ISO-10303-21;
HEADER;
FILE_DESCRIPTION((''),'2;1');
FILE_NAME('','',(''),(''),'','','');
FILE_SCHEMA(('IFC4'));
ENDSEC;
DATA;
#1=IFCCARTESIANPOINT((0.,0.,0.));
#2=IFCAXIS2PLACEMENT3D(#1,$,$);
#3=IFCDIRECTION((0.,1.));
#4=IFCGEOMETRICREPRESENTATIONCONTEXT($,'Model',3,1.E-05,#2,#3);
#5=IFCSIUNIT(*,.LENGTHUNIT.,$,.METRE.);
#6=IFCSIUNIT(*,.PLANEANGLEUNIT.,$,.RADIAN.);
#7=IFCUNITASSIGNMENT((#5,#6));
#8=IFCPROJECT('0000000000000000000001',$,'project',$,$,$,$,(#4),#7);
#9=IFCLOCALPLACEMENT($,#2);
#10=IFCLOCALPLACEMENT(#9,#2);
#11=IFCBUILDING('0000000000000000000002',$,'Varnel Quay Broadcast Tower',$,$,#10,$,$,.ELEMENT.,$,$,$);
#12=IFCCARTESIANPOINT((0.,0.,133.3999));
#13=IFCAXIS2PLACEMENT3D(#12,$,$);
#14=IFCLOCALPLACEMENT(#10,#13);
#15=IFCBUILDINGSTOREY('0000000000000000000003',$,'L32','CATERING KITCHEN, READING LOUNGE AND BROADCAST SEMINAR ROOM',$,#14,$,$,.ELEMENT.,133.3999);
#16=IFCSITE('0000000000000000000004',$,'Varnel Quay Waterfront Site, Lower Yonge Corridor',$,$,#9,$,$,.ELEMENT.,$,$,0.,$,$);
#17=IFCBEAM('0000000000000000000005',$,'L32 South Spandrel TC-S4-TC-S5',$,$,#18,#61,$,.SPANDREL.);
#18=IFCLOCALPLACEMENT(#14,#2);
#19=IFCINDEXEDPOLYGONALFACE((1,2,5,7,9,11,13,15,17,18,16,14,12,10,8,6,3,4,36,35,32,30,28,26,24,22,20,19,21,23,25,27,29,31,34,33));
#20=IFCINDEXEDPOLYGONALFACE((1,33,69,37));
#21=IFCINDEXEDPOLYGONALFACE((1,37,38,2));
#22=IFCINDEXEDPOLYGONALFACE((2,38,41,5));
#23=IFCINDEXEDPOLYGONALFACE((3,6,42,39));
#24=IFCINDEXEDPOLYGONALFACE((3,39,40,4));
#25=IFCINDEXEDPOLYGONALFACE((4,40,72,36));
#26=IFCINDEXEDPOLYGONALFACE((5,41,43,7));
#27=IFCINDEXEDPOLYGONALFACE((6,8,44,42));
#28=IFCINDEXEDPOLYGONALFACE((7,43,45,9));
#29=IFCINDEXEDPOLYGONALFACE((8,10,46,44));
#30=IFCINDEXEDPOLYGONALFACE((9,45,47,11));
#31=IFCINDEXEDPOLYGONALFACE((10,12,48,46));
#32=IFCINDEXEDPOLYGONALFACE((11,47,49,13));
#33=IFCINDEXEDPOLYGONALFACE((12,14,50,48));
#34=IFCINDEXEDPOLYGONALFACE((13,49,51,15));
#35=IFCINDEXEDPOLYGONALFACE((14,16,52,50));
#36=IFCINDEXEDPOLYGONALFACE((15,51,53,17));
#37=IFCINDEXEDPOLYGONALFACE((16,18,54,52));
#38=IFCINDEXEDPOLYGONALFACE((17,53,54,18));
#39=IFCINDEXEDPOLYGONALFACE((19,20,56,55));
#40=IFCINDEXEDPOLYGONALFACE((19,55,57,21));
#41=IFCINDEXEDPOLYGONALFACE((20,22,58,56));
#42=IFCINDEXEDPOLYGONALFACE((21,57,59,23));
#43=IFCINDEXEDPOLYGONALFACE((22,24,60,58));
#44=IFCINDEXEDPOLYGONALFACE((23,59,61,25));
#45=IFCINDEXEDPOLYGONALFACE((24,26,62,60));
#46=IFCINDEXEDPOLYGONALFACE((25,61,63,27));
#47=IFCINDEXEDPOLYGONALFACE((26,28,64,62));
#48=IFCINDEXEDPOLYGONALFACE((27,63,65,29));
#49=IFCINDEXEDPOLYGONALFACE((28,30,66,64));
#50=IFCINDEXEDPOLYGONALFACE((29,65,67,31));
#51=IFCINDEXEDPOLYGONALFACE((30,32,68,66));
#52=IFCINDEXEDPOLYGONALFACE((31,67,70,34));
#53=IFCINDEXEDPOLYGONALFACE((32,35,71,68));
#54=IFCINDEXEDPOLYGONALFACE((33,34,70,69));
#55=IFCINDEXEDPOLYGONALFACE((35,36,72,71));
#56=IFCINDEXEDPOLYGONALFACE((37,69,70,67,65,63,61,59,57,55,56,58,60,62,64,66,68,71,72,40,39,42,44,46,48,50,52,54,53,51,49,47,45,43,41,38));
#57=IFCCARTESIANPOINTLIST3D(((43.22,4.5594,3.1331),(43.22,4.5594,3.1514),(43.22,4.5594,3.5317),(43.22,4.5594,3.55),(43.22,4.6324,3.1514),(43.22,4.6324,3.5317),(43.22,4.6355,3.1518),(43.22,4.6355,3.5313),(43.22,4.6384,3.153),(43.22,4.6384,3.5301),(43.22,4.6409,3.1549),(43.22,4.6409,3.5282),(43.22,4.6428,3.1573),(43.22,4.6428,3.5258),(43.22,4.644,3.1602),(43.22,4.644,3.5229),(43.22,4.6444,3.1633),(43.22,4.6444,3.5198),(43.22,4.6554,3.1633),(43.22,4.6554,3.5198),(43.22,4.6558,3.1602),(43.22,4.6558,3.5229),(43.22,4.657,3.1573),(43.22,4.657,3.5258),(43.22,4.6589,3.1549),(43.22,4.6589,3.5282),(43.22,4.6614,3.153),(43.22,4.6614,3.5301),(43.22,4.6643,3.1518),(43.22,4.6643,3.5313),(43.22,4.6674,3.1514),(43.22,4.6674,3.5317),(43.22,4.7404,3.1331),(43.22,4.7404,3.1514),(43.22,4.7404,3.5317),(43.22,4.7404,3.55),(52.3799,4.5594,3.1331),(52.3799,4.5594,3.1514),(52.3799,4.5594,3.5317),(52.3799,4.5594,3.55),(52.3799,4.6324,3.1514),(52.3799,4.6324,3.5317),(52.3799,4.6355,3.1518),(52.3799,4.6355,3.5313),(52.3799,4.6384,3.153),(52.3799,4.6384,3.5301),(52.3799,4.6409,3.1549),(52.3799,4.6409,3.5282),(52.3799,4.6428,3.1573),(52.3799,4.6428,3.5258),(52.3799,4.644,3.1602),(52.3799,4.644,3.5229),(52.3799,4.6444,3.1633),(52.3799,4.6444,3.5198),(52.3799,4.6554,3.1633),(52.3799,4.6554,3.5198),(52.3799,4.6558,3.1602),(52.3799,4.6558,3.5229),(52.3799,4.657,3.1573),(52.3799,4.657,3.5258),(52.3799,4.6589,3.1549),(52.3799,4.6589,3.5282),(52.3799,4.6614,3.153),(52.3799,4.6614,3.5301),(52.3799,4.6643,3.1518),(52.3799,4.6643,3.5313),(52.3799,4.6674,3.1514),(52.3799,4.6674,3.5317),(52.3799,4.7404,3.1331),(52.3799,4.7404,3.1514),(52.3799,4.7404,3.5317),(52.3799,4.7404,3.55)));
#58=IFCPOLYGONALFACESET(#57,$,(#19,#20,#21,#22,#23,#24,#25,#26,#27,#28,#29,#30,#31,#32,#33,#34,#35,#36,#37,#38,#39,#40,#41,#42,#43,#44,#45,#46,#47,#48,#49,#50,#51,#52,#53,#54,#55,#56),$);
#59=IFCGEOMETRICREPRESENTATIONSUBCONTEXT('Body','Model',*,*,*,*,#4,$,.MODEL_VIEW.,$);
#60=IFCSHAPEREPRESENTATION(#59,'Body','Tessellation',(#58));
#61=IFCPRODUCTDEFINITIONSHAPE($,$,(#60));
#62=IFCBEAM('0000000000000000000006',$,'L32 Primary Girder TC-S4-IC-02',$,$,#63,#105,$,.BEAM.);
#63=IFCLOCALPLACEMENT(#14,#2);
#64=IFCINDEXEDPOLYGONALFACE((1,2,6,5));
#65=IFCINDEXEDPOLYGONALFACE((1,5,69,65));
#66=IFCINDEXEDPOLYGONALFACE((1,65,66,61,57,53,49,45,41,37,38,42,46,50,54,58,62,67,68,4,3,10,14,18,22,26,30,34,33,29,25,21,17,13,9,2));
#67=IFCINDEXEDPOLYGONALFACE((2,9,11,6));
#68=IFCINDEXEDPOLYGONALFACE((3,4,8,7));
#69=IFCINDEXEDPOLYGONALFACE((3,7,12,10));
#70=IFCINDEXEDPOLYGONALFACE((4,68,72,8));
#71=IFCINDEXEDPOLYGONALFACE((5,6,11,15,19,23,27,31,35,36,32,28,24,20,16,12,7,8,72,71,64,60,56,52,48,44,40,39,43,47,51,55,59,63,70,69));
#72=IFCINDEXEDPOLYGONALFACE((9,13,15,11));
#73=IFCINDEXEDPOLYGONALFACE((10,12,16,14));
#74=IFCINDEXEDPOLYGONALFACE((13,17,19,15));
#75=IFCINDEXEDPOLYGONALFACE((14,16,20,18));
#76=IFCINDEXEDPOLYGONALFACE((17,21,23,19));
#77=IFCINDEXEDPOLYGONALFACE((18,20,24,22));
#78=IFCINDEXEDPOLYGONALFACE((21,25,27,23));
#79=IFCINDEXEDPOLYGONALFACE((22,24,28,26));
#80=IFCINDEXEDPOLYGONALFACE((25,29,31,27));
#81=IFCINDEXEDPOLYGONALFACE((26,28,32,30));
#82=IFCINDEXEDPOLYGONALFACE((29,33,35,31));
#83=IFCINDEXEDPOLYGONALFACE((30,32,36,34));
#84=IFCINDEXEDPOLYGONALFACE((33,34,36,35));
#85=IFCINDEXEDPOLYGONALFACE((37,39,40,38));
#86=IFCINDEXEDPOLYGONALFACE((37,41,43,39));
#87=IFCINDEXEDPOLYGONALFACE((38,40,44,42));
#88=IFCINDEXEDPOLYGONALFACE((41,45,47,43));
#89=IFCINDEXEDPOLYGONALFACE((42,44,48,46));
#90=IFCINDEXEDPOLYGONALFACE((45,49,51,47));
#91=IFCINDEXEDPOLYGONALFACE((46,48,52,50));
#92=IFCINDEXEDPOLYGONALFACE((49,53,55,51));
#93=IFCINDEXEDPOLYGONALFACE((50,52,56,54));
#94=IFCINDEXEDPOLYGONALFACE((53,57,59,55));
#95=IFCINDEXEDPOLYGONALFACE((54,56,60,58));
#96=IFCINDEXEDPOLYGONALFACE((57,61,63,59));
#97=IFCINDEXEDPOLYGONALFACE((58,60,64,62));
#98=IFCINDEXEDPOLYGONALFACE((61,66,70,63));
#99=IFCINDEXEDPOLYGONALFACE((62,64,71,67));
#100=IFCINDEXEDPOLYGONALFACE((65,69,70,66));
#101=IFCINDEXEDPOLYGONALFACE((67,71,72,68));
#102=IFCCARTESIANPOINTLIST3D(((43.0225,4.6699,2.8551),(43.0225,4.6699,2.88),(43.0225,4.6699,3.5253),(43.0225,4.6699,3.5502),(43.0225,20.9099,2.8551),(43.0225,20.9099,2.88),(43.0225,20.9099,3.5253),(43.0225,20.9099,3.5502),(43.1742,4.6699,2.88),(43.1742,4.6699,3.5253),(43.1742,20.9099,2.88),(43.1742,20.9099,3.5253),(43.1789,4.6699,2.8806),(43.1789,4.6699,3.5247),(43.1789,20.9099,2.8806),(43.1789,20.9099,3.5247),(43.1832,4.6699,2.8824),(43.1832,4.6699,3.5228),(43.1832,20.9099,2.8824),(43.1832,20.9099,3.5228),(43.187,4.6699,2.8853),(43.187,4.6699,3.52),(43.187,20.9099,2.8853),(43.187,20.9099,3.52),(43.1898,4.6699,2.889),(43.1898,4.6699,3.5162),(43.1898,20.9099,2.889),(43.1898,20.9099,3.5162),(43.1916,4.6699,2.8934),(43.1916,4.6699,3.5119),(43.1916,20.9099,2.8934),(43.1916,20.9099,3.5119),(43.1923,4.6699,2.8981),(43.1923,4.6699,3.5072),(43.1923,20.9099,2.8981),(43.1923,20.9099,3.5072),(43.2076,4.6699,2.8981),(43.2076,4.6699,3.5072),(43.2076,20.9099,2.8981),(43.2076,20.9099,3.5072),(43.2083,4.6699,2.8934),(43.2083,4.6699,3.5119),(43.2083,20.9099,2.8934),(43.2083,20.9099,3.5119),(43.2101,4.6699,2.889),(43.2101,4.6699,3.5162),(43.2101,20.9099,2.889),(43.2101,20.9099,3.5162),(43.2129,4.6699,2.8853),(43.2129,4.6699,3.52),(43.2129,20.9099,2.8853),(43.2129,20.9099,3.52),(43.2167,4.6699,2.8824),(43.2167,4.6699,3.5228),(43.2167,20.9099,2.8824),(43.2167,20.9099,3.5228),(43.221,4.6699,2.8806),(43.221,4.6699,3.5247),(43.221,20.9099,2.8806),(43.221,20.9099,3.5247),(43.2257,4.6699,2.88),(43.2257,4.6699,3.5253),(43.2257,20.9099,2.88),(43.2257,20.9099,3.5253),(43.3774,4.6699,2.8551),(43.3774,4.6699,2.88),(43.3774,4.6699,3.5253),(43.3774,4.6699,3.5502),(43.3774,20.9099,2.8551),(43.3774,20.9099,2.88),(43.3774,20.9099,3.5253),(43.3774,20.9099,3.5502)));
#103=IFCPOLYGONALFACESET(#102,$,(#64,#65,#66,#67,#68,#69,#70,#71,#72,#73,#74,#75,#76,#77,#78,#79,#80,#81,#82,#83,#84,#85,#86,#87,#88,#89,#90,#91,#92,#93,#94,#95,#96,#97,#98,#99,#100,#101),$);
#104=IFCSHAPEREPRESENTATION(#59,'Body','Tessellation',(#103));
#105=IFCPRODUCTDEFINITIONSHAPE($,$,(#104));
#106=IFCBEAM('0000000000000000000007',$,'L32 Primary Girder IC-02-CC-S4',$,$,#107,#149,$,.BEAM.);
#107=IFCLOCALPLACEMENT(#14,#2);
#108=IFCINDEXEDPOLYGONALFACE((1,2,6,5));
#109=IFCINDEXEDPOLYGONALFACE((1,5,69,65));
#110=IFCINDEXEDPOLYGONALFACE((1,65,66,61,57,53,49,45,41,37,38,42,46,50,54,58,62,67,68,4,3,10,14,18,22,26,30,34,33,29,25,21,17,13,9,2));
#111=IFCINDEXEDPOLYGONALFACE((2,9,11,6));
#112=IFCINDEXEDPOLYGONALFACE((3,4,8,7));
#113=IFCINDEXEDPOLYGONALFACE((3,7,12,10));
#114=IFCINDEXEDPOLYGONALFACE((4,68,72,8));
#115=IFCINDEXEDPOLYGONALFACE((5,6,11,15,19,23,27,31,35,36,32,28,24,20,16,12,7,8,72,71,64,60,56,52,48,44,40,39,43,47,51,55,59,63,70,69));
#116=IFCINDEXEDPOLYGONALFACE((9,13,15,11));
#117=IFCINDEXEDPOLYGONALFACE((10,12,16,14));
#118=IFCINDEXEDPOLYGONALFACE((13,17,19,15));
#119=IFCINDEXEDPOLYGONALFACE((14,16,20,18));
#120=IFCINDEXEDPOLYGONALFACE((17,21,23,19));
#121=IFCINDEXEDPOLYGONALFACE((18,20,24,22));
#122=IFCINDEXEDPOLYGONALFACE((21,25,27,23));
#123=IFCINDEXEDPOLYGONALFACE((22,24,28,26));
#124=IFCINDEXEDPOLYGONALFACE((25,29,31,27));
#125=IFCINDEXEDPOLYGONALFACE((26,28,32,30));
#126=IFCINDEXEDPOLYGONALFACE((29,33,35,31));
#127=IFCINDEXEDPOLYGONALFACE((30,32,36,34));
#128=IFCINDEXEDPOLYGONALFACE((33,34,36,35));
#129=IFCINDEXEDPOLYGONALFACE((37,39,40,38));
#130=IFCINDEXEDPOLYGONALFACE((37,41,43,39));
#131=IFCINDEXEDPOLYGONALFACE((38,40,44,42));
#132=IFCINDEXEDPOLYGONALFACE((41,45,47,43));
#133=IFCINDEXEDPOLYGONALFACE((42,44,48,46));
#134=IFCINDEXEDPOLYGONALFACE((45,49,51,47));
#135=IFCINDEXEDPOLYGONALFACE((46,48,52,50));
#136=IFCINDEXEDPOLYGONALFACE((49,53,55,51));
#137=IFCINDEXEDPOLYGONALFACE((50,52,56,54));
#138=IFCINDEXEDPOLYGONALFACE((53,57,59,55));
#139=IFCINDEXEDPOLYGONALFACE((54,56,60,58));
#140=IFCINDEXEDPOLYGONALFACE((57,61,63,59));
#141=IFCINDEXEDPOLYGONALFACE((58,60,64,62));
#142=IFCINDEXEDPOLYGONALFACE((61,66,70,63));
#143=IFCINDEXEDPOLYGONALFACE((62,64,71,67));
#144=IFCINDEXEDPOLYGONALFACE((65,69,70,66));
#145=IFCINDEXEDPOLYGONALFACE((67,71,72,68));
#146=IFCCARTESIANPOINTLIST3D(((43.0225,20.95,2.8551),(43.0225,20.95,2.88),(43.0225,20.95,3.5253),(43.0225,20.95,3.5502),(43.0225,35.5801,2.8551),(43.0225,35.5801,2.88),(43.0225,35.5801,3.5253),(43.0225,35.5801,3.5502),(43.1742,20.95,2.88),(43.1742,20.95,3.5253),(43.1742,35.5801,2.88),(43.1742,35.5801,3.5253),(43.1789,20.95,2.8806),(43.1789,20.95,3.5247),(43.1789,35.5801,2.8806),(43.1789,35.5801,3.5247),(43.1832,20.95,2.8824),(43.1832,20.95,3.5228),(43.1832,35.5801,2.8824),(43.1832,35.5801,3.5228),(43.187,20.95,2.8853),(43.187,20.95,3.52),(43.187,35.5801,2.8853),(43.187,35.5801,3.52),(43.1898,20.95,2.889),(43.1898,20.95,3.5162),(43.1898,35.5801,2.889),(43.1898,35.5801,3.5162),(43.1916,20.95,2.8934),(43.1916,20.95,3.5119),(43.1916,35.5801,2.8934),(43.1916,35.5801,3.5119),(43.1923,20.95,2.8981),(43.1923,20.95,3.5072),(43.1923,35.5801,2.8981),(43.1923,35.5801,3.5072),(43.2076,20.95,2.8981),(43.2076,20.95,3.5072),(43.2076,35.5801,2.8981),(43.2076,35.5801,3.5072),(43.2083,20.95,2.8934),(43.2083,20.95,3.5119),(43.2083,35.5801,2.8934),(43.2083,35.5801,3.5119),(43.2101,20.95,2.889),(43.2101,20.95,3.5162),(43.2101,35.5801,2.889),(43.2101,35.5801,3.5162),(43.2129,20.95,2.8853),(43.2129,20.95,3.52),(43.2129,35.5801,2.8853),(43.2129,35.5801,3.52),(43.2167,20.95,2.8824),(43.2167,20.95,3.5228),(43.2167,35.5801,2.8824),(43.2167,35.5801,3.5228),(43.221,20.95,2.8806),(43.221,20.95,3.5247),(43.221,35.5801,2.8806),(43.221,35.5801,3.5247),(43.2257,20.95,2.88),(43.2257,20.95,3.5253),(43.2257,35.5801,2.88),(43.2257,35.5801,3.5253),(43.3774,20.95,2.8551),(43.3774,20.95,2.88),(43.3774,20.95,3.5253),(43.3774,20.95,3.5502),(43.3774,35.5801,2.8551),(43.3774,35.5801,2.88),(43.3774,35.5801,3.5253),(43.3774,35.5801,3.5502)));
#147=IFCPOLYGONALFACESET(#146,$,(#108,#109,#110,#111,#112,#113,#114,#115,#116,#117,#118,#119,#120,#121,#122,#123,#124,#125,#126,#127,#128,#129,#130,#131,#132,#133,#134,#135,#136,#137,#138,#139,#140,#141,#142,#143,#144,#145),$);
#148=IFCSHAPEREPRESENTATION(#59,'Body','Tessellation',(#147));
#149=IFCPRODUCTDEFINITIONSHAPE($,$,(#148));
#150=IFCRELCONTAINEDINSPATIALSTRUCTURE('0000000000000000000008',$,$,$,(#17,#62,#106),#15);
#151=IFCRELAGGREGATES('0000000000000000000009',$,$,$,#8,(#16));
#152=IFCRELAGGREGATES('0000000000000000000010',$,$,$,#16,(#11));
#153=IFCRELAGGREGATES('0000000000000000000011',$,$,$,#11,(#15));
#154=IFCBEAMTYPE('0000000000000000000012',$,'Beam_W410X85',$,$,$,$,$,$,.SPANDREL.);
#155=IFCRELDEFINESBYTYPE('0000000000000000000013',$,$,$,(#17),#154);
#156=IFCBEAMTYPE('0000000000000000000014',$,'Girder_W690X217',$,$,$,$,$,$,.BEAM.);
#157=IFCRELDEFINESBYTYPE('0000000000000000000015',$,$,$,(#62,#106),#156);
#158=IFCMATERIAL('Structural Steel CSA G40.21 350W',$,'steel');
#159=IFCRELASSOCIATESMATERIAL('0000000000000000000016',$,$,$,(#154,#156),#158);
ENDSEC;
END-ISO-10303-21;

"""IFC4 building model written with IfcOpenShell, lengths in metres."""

from ifc_helpers import new_model, si_unit, direction, frame, origin, origin_2d, place, context, subcontext, project, spatial, i_section, extrude, source, transform, mapped, material, material_profile, profile_set, type_object, type_shapes, element, save


model = new_model("IFC4")

# Units and contexts
model_context = context("Model", 3, precision=1e-05, world=origin(), true_north=direction((0.0, 1.0)))
body_context = subcontext(model_context, "Body", "Model", "MODEL_VIEW")
ifc_project = project(units=[si_unit("LENGTHUNIT", "METRE"), si_unit("PLANEANGLEUNIT", "RADIAN")], contexts=[model_context])

# Site, building, storey
site_placement = place(None, origin())
site = spatial("IfcSite", under=ifc_project, at=site_placement, Name="Varnel Quay Waterfront Site, Lower Yonge Corridor", CompositionType="ELEMENT", RefElevation=0.0)
building_placement = place(site_placement, origin())
building = spatial("IfcBuilding", under=site, at=building_placement, Name="Varnel Quay Broadcast Tower", CompositionType="ELEMENT")
storey_placement = place(building_placement, frame((0.0, 0.0, 133.3999)))
storey = spatial("IfcBuildingStorey", under=building, at=storey_placement, Name="L32", Description="CATERING KITCHEN, READING LOUNGE AND BROADCAST SEMINAR ROOM", CompositionType="ELEMENT", Elevation=133.3999)

# Shared definitions
ifc_material_1 = material(Name="Structural Steel CSA G40.21 350W", Category="steel")

# Beams
ifc_material_profile_1 = material_profile(ifc_material_1, i_section(OverallWidth=0.1809, OverallDepth=0.417, WebThickness=0.011, FlangeThickness=0.0183, FilletRadius=0.012, at=origin_2d()), Name="W410X85")
ifc_profile_set_1 = profile_set([ifc_material_profile_1], Name="Structural Steel CSA G40.21 350W")
beam_type_1 = type_object("IfcBeamType", Name="Beam_W410X85", PredefinedType="SPANDREL", material=ifc_profile_set_1)
shared_shape_1 = source(origin(), body_context, "Body", "SweptSolid", [
    extrude(i_section(OverallWidth=0.1809, OverallDepth=0.417, WebThickness=0.011, FlangeThickness=0.0183, FilletRadius=0.012, at=origin_2d()), origin(), (0.0, 0.0, 1.0), 9.1599),
])
type_shapes(beam_type_1, [shared_shape_1])
for number, where, z_axis, x_axis, name in (
    (1, (43.22, 4.6499, 3.3416), (1.0, 0.0, 0.0), (0.0, 1.0, 0.0), "L32 South Spandrel TC-S4-TC-S5"),
):
    element("IfcBeam", number, at=place(storey_placement, frame(where, z_axis=z_axis, x_axis=x_axis)), inside=storey, type_object=beam_type_1, Name=name, PredefinedType="SPANDREL", context=body_context, shape_type="MappedRepresentation", body=[
        mapped(shared_shape_1, transform((0.0, 0.0, 0.0), x_axis=(1.0, 0.0, 0.0), y_axis=(0.0, 1.0, 0.0), z_axis=(0.0, 0.0, 1.0), scale=1.0)),
    ])
ifc_material_profile_2 = material_profile(ifc_material_1, i_section(OverallWidth=0.355, OverallDepth=0.6951, WebThickness=0.0154, FlangeThickness=0.0249, FilletRadius=0.0181, at=origin_2d()), Name="W690X217")
ifc_profile_set_2 = profile_set([ifc_material_profile_2], Name="Structural Steel CSA G40.21 350W")
beam_type_2 = type_object("IfcBeamType", Name="Girder_W690X217", PredefinedType="BEAM", material=ifc_profile_set_2)
shared_shape_2 = source(origin(), body_context, "Body", "SweptSolid", [
    extrude(i_section(OverallWidth=0.355, OverallDepth=0.6951, WebThickness=0.0154, FlangeThickness=0.0249, FilletRadius=0.0181, at=origin_2d()), origin(), (0.0, 0.0, 1.0), 16.24),
])
beam_1_placement = place(storey_placement, frame((43.2, 4.6699, 3.2026), z_axis=(0.0, 1.0, 0.0), x_axis=(-1.0, 0.0, 0.0)))
element("IfcBeam", 2, at=beam_1_placement, inside=storey, type_object=beam_type_2, Name="L32 Primary Girder TC-S4-IC-02", PredefinedType="BEAM", context=body_context, shape_type="MappedRepresentation", body=[
    mapped(shared_shape_2, transform((0.0, 0.0, 0.0), x_axis=(1.0, 0.0, 0.0), y_axis=(0.0, 1.0, 0.0), z_axis=(0.0, 0.0, 1.0), scale=1.0)),
])
shared_shape_3 = source(origin(), body_context, "Body", "SweptSolid", [
    extrude(i_section(OverallWidth=0.355, OverallDepth=0.6951, WebThickness=0.0154, FlangeThickness=0.0249, FilletRadius=0.0181, at=origin_2d()), origin(), (0.0, 0.0, 1.0), 14.6301),
])
beam_2_placement = place(storey_placement, frame((43.2, 20.95, 3.2026), z_axis=(0.0, 1.0, 0.0), x_axis=(-1.0, 0.0, 0.0)))
element("IfcBeam", 3, at=beam_2_placement, inside=storey, type_object=beam_type_2, Name="L32 Primary Girder IC-02-CC-S4", PredefinedType="BEAM", context=body_context, shape_type="MappedRepresentation", body=[
    mapped(shared_shape_3, transform((0.0, 0.0, 0.0), x_axis=(1.0, 0.0, 0.0), y_axis=(0.0, 1.0, 0.0), z_axis=(0.0, 0.0, 1.0), scale=1.0)),
])

save(model, "model.ifc")
